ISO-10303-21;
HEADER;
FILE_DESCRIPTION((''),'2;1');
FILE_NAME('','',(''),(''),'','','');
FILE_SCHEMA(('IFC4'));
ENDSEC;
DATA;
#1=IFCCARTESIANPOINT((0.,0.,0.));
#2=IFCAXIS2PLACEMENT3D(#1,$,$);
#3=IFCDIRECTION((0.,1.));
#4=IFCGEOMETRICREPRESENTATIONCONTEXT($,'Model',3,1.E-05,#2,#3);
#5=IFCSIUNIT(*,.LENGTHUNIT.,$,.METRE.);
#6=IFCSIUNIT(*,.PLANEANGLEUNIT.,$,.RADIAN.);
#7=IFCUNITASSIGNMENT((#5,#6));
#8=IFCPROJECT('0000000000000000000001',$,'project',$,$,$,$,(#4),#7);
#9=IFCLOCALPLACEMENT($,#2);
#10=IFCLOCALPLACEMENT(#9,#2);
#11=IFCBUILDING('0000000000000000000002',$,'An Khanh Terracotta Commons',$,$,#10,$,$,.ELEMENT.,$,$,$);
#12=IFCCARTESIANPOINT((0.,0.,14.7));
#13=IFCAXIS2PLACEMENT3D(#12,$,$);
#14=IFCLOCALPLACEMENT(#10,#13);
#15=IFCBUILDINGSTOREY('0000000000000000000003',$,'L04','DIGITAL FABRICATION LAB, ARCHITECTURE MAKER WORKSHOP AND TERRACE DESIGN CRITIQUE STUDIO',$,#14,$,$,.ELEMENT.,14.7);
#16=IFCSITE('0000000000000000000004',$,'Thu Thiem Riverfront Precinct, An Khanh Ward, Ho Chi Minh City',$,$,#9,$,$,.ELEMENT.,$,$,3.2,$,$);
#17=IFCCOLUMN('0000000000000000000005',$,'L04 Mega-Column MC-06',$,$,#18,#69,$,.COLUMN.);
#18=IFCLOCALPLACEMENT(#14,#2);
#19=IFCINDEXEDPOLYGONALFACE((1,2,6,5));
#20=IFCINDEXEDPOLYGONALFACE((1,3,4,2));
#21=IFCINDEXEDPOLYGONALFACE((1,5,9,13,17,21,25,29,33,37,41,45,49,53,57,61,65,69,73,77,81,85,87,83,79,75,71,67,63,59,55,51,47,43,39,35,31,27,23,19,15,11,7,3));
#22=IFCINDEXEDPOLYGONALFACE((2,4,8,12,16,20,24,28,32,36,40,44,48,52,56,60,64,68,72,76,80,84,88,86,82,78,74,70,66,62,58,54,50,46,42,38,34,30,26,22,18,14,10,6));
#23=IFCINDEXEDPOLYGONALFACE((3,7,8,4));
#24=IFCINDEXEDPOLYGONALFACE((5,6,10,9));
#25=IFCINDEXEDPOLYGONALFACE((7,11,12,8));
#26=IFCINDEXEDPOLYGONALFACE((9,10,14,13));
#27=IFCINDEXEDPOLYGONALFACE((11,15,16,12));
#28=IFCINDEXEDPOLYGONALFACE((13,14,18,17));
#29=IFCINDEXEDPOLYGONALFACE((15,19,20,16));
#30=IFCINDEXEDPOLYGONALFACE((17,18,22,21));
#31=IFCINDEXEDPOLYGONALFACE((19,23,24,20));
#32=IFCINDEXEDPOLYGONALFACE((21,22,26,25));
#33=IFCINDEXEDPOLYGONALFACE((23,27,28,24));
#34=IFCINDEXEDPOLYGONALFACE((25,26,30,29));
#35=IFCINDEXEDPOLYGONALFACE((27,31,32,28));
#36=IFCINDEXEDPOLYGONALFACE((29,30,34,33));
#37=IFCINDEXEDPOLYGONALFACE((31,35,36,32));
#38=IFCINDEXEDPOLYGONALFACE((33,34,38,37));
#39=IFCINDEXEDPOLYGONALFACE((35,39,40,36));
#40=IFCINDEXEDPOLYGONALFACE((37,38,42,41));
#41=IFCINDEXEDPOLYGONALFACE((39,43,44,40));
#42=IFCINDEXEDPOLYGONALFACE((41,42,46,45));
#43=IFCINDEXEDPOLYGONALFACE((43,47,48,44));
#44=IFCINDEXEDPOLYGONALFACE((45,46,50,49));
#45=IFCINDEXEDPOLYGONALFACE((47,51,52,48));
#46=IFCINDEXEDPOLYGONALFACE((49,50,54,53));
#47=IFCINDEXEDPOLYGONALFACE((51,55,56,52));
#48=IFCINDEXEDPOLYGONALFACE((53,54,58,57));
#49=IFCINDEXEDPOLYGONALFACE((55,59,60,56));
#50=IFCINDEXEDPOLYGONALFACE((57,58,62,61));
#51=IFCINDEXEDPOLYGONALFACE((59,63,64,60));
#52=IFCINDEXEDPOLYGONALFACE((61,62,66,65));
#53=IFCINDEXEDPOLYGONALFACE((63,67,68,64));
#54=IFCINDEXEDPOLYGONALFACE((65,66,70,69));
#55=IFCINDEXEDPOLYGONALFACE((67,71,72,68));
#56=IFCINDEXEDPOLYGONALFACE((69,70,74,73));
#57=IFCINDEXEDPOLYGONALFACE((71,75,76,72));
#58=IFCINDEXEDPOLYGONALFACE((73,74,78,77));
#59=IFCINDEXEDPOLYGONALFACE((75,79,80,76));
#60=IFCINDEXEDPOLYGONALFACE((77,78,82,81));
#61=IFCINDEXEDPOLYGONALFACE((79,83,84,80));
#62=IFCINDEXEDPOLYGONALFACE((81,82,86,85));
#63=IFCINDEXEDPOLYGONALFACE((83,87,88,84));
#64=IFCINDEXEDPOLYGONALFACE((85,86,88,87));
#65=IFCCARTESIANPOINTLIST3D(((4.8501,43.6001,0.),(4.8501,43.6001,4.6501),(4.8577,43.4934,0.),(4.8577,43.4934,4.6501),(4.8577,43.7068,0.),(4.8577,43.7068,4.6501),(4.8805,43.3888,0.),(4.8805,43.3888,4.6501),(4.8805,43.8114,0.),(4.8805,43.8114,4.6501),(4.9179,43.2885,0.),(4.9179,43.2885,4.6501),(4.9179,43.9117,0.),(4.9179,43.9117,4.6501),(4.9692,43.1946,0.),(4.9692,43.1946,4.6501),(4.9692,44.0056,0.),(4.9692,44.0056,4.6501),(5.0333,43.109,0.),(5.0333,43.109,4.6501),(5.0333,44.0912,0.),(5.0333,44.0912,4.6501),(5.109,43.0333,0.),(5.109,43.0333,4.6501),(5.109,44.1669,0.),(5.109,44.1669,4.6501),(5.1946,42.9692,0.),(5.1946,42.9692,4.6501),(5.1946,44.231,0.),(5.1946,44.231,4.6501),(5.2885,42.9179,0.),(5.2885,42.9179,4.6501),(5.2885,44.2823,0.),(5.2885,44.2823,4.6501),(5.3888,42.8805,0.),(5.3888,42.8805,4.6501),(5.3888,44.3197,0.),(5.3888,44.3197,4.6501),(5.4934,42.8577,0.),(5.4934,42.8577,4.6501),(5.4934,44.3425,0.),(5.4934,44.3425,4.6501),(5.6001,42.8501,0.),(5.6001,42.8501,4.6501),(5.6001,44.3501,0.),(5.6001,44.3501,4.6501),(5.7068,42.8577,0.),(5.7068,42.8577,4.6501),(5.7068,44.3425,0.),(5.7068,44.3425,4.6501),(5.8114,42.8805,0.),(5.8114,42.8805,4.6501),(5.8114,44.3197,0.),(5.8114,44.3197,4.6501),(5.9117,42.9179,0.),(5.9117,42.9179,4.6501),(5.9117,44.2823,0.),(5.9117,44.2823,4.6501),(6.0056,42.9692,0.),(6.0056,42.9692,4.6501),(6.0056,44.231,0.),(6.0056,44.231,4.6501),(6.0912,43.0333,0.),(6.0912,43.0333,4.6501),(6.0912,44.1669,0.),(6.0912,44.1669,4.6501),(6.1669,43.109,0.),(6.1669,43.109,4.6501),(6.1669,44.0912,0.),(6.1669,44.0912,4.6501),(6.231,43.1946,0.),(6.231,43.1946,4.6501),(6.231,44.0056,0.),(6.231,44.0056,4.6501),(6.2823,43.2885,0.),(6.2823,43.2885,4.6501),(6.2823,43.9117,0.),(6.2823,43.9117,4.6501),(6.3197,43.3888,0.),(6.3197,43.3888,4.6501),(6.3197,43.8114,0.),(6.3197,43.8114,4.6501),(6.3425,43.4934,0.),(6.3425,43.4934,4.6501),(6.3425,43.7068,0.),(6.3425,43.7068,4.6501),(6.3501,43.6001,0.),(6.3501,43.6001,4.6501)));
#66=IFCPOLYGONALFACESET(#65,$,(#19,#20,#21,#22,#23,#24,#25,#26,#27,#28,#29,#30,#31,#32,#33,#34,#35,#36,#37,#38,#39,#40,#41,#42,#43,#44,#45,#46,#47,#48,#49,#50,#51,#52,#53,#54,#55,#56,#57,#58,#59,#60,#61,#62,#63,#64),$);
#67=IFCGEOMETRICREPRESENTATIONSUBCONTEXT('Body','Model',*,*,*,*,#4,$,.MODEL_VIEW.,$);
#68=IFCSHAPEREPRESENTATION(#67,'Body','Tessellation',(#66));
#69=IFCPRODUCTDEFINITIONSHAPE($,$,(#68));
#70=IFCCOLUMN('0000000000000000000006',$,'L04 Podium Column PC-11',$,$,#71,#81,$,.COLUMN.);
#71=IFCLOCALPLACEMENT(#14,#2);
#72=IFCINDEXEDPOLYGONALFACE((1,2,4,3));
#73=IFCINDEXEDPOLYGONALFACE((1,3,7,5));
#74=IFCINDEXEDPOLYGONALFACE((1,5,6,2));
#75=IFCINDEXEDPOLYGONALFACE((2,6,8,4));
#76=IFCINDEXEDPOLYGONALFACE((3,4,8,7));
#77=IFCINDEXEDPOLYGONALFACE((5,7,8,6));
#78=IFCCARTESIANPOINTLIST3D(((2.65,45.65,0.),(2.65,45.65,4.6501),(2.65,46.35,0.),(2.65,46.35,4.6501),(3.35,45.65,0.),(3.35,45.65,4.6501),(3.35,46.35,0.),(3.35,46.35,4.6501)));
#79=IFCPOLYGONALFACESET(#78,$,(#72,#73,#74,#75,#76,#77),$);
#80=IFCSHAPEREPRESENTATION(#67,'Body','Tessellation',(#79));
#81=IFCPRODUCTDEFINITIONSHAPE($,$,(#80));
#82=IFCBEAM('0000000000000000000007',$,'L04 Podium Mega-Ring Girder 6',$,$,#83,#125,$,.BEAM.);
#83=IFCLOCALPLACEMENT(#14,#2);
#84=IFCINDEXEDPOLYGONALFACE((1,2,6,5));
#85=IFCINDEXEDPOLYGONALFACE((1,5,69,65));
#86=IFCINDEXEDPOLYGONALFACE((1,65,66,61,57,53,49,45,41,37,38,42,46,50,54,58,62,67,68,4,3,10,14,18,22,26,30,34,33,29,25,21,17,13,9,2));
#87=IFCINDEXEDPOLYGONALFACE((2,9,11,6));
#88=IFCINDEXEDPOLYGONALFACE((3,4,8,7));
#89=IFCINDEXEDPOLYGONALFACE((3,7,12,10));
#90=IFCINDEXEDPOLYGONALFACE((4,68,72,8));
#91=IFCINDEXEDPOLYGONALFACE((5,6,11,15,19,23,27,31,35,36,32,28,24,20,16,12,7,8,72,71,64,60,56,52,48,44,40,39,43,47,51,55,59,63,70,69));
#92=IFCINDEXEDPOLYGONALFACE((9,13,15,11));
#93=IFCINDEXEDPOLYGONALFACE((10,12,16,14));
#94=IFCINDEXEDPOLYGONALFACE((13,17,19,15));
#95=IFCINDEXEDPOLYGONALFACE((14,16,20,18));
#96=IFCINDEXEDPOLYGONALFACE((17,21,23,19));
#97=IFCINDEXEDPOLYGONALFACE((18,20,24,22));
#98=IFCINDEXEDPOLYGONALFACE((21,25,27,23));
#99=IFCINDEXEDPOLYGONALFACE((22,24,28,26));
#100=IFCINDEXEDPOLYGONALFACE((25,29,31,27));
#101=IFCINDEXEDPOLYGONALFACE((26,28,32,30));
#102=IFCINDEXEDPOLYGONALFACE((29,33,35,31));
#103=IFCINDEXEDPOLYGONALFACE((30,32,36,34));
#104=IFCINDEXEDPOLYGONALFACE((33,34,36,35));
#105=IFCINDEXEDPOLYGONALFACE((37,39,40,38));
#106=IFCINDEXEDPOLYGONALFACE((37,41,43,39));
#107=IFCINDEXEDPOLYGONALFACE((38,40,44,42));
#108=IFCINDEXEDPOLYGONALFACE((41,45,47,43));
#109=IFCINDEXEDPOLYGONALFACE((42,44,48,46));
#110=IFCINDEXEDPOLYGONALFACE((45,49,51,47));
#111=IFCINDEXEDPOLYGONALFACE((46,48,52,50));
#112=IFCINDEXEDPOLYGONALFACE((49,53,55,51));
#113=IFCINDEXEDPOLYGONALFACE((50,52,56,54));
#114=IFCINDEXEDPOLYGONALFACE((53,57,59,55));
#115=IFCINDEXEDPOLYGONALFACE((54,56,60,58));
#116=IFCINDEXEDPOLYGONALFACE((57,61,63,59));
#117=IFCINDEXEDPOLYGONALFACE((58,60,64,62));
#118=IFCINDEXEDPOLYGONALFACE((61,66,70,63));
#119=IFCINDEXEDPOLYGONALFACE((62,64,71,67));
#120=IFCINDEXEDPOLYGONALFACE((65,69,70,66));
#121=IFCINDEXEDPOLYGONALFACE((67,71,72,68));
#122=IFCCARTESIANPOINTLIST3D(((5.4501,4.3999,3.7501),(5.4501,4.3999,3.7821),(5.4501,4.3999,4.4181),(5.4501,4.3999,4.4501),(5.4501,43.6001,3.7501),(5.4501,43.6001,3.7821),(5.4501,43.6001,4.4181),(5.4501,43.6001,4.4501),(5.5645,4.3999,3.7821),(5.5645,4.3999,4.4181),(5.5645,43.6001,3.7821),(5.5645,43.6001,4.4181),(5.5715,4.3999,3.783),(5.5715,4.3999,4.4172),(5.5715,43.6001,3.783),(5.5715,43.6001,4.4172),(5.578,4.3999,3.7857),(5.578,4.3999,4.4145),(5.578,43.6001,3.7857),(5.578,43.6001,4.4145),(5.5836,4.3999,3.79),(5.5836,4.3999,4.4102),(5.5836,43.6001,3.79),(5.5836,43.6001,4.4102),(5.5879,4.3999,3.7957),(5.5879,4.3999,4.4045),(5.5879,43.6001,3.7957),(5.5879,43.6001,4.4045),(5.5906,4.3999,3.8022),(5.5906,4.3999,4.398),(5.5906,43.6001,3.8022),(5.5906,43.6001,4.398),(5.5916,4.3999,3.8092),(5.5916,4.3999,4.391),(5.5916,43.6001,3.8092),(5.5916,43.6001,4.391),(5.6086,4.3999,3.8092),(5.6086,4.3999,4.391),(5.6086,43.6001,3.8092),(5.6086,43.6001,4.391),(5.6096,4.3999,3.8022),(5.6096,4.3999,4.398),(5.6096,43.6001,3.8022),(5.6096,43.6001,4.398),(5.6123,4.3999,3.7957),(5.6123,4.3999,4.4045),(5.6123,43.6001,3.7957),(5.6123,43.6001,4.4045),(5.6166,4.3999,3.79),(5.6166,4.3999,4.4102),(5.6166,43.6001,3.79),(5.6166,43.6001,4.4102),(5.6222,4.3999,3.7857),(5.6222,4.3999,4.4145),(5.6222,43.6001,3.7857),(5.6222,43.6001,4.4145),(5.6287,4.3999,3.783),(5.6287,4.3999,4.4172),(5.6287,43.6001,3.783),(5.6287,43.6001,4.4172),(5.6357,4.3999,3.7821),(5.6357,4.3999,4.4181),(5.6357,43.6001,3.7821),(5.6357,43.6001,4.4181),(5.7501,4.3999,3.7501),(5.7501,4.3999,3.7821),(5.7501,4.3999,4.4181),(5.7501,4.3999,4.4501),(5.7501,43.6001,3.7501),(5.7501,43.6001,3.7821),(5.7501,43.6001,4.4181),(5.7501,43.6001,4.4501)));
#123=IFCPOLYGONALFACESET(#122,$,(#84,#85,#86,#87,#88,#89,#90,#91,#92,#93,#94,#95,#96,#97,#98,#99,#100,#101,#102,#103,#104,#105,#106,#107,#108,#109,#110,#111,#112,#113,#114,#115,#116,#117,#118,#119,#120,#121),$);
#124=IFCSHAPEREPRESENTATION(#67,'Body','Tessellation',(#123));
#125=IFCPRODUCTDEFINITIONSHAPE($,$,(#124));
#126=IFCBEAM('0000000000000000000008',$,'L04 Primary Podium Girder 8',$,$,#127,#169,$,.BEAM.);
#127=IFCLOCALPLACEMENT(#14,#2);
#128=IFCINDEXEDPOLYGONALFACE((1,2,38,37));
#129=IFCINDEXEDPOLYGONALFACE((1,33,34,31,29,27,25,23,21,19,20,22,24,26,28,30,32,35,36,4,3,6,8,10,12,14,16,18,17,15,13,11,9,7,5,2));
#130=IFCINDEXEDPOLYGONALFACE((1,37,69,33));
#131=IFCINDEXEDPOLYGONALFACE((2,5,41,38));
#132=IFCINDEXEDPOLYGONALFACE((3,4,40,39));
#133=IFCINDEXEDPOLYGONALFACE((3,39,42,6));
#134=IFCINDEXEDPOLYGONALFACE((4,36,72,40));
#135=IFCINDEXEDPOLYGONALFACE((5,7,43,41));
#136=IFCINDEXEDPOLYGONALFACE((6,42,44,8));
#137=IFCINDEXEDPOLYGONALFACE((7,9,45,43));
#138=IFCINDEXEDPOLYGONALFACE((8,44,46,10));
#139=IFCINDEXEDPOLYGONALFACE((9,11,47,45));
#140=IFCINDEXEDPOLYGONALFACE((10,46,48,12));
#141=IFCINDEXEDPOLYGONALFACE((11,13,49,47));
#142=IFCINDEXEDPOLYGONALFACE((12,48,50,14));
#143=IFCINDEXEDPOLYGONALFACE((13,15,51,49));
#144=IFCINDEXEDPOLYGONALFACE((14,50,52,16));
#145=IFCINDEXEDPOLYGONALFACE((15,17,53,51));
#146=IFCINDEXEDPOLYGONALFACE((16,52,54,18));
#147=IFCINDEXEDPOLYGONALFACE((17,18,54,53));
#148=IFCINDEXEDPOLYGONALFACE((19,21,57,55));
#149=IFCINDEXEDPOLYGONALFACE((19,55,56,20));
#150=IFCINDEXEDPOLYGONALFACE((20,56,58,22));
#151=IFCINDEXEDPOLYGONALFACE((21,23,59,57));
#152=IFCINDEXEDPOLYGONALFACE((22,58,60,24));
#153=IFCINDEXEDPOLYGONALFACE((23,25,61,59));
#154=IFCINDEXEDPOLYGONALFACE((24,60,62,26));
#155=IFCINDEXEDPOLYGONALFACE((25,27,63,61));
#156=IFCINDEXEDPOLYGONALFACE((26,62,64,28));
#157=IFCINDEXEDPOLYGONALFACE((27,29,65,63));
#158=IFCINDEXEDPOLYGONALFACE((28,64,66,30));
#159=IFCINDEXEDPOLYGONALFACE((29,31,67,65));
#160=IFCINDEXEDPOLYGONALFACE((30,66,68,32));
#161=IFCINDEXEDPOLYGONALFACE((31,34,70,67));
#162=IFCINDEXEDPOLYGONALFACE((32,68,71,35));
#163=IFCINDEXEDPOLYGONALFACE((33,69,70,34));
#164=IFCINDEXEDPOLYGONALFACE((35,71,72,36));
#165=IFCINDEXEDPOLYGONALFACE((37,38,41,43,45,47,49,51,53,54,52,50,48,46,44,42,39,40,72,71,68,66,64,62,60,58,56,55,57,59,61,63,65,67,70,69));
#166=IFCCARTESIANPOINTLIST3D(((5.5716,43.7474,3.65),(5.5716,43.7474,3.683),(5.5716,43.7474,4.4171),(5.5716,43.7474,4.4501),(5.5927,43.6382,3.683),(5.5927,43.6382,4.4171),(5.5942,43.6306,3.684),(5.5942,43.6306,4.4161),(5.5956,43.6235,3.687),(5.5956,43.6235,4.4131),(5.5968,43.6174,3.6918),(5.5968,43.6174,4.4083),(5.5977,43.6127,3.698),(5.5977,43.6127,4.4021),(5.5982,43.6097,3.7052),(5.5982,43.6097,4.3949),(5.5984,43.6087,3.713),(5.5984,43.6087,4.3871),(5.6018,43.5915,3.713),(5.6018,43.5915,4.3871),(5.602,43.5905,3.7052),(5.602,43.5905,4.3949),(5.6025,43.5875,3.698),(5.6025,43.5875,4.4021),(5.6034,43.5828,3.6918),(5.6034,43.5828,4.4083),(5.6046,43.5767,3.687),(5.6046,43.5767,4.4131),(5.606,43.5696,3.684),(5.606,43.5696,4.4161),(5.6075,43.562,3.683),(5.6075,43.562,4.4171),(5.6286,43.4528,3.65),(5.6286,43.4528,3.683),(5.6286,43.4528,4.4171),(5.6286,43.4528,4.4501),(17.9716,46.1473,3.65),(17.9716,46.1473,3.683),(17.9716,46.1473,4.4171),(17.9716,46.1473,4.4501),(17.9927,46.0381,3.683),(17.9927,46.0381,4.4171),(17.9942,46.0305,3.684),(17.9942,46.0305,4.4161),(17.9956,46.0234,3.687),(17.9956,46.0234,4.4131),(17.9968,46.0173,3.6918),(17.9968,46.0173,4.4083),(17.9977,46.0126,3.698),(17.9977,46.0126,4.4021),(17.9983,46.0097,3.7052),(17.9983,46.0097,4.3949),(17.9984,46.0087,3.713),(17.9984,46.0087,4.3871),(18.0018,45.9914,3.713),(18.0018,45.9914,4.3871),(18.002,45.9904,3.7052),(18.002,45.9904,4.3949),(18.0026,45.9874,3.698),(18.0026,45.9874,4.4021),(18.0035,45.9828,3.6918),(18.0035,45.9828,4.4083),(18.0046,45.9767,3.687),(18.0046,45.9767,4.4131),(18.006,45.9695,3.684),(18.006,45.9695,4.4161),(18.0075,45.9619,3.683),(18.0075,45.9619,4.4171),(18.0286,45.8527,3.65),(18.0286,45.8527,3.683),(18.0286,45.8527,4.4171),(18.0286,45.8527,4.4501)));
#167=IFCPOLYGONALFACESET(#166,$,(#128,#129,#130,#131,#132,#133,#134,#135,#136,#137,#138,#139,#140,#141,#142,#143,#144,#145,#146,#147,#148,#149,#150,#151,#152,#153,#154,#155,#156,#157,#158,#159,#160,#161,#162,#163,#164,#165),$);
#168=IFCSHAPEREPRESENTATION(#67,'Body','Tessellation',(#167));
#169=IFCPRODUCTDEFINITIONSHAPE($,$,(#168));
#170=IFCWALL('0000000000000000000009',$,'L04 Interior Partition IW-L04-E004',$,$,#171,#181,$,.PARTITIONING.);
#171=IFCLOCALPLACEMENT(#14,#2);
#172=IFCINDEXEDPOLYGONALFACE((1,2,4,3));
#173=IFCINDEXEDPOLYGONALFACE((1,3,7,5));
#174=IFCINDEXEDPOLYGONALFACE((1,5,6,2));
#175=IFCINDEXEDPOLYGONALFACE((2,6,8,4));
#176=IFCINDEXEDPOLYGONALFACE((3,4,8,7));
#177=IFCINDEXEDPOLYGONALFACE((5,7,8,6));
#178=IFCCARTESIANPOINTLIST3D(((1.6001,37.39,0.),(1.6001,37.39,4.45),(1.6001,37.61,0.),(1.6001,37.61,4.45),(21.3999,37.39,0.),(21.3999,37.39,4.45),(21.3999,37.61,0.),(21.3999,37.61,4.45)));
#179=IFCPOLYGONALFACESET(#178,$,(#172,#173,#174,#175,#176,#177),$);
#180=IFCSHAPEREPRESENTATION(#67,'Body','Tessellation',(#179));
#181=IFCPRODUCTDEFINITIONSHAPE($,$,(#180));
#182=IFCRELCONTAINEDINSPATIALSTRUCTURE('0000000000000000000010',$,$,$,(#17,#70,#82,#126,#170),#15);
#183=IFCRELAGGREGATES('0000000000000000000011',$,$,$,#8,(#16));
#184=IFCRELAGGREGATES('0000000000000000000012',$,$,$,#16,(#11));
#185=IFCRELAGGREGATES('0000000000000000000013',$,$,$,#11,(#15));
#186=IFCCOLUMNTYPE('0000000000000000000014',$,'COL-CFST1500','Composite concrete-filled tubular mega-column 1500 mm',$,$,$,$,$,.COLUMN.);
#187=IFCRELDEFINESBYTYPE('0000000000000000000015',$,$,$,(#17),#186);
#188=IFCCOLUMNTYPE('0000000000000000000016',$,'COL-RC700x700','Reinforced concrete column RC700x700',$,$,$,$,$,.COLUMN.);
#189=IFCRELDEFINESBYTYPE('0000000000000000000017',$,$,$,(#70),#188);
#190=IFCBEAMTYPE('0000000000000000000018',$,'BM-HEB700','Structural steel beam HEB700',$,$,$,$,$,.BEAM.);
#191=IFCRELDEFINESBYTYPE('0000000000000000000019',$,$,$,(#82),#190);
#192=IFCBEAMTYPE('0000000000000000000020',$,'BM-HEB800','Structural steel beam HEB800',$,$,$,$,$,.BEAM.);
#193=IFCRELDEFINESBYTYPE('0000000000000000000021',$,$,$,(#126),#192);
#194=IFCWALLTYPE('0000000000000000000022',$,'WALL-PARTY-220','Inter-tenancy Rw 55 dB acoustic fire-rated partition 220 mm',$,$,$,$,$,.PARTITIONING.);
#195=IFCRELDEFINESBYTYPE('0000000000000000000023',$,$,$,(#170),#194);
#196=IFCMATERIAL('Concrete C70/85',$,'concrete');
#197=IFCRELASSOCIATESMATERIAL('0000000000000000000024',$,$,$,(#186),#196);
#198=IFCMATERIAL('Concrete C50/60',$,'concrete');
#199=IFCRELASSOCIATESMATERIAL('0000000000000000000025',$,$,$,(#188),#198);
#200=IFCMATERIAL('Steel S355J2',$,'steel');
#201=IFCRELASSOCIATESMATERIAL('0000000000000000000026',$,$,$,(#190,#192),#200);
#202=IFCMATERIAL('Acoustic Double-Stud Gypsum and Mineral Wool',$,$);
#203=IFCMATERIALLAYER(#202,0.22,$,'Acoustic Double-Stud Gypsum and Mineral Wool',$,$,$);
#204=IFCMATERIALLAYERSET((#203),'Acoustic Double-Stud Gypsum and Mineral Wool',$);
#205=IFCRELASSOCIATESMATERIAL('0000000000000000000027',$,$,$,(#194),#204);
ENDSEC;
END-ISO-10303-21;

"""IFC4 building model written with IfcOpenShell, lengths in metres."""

from ifc_helpers import new_model, si_unit, direction, frame, frame_2d, origin, origin_2d, place, context, subcontext, project, spatial, rectangle, circle, i_section, extrude, material, layer, layer_set, material_profile, profile_set, type_object, element, save


model = new_model("IFC4")

# Units and contexts
model_context = context("Model", 3, precision=1e-05, world=origin(), true_north=direction((0.0, 1.0)))
body_context = subcontext(model_context, "Body", "Model", "MODEL_VIEW")
ifc_project = project(units=[si_unit("LENGTHUNIT", "METRE"), si_unit("PLANEANGLEUNIT", "RADIAN")], contexts=[model_context])

# Site, building, storey
site_placement = place(None, origin())
site = spatial("IfcSite", under=ifc_project, at=site_placement, Name="Thu Thiem Riverfront Precinct, An Khanh Ward, Ho Chi Minh City", CompositionType="ELEMENT", RefElevation=3.2)
building_placement = place(site_placement, origin())
building = spatial("IfcBuilding", under=site, at=building_placement, Name="An Khanh Terracotta Commons", CompositionType="ELEMENT")
storey_placement = place(building_placement, frame((0.0, 0.0, 14.7)))
storey = spatial("IfcBuildingStorey", under=building, at=storey_placement, Name="L04", Description="DIGITAL FABRICATION LAB, ARCHITECTURE MAKER WORKSHOP AND TERRACE DESIGN CRITIQUE STUDIO", CompositionType="ELEMENT", Elevation=14.7)

# Columns
ifc_material_1 = material(Name="Concrete C70/85", Category="concrete")
ifc_material_profile_1 = material_profile(ifc_material_1, circle(Radius=0.75, at=origin_2d()), Name="CFST1500")
ifc_profile_set_1 = profile_set([ifc_material_profile_1], Name="Concrete C70/85")
column_type_1 = type_object("IfcColumnType", Name="COL-CFST1500", Description="Composite concrete-filled tubular mega-column 1500 mm", PredefinedType="COLUMN", material=ifc_profile_set_1)
column_1_placement = place(storey_placement, frame((5.6001, 43.6001, 0.0), z_axis=(0.0, 0.0, 1.0), x_axis=(1.0, 0.0, 0.0)))
element("IfcColumn", 1, at=column_1_placement, inside=storey, type_object=column_type_1, Name="L04 Mega-Column MC-06", PredefinedType="COLUMN", context=body_context, shape_type="SweptSolid", body=[
    extrude(circle(Radius=0.75, at=origin_2d()), origin(), (0.0, 0.0, 1.0), 4.6501),
])
ifc_material_2 = material(Name="Concrete C50/60", Category="concrete")
ifc_material_profile_2 = material_profile(ifc_material_2, rectangle(XDim=0.7, YDim=0.7, at=origin_2d()), Name="RC700x700")
ifc_profile_set_2 = profile_set([ifc_material_profile_2], Name="Concrete C50/60")
column_type_2 = type_object("IfcColumnType", Name="COL-RC700x700", Description="Reinforced concrete column RC700x700", PredefinedType="COLUMN", material=ifc_profile_set_2)
column_2_placement = place(storey_placement, frame((3.0, 46.0, 0.0), z_axis=(0.0, 0.0, 1.0), x_axis=(1.0, 0.0, 0.0)))
element("IfcColumn", 2, at=column_2_placement, inside=storey, type_object=column_type_2, Name="L04 Podium Column PC-11", PredefinedType="COLUMN", context=body_context, shape_type="SweptSolid", body=[
    extrude(rectangle(XDim=0.7, YDim=0.7, at=origin_2d()), origin(), (0.0, 0.0, 1.0), 4.6501),
])

# Beams
ifc_material_3 = material(Name="Steel S355J2", Category="steel")
ifc_material_profile_3 = material_profile(ifc_material_3, i_section(OverallWidth=0.3, OverallDepth=0.7, WebThickness=0.0171, FlangeThickness=0.032, FilletRadius=0.0271, at=origin_2d()), Name="HEB700")
ifc_profile_set_3 = profile_set([ifc_material_profile_3], Name="Steel S355J2")
beam_type_1 = type_object("IfcBeamType", Name="BM-HEB700", Description="Structural steel beam HEB700", PredefinedType="BEAM", material=ifc_profile_set_3)
beam_1_placement = place(storey_placement, frame((5.6001, 43.6001, 4.1001), z_axis=(0.0, -1.0, 0.0), x_axis=(1.0, 0.0, 0.0)))
element("IfcBeam", 3, at=beam_1_placement, inside=storey, type_object=beam_type_1, Name="L04 Podium Mega-Ring Girder 6", PredefinedType="BEAM", context=body_context, shape_type="SweptSolid", body=[
    extrude(i_section(OverallWidth=0.3, OverallDepth=0.7, WebThickness=0.0171, FlangeThickness=0.032, FilletRadius=0.0271, at=origin_2d()), origin(), (0.0, 0.0, 1.0), 39.2002),
])
ifc_material_profile_4 = material_profile(ifc_material_3, i_section(OverallWidth=0.3, OverallDepth=0.8, WebThickness=0.0176, FlangeThickness=0.033, FilletRadius=0.03, at=origin_2d()), Name="HEB800")
ifc_profile_set_4 = profile_set([ifc_material_profile_4], Name="Steel S355J2")
beam_type_2 = type_object("IfcBeamType", Name="BM-HEB800", Description="Structural steel beam HEB800", PredefinedType="BEAM", material=ifc_profile_set_4)
beam_2_placement = place(storey_placement, frame((5.6001, 43.6001, 4.05), z_axis=(0.981781, 0.190016, 0.0), x_axis=(-0.190016, 0.981781, 0.0)))
element("IfcBeam", 4, at=beam_2_placement, inside=storey, type_object=beam_type_2, Name="L04 Primary Podium Girder 8", PredefinedType="BEAM", context=body_context, shape_type="SweptSolid", body=[
    extrude(i_section(OverallWidth=0.3, OverallDepth=0.8, WebThickness=0.0176, FlangeThickness=0.033, FilletRadius=0.03, at=origin_2d()), origin(), (0.0, 0.0, 1.0), 12.6301),
])

# Wall
ifc_material_4 = material(Name="Acoustic Double-Stud Gypsum and Mineral Wool")
ifc_layer_1 = layer(ifc_material_4, 0.22, Name="Acoustic Double-Stud Gypsum and Mineral Wool")
ifc_layer_set_1 = layer_set([ifc_layer_1], Name="Acoustic Double-Stud Gypsum and Mineral Wool")
wall_type_1 = type_object("IfcWallType", Name="WALL-PARTY-220", Description="Inter-tenancy Rw 55 dB acoustic fire-rated partition 220 mm", PredefinedType="PARTITIONING", material=ifc_layer_set_1)
wall_1_placement = place(storey_placement, frame((1.6001, 37.5, 0.0), z_axis=(0.0, 0.0, 1.0), x_axis=(1.0, 0.0, 0.0)))
element("IfcWall", 5, at=wall_1_placement, inside=storey, type_object=wall_type_1, Name="L04 Interior Partition IW-L04-E004", PredefinedType="PARTITIONING", context=body_context, shape_type="SweptSolid", body=[
    extrude(rectangle(XDim=19.7998, YDim=0.22, at=frame_2d((9.8999, 0.0))), origin(), (0.0, 0.0, 1.0), 4.45),
])

save(model, "model.ifc")
